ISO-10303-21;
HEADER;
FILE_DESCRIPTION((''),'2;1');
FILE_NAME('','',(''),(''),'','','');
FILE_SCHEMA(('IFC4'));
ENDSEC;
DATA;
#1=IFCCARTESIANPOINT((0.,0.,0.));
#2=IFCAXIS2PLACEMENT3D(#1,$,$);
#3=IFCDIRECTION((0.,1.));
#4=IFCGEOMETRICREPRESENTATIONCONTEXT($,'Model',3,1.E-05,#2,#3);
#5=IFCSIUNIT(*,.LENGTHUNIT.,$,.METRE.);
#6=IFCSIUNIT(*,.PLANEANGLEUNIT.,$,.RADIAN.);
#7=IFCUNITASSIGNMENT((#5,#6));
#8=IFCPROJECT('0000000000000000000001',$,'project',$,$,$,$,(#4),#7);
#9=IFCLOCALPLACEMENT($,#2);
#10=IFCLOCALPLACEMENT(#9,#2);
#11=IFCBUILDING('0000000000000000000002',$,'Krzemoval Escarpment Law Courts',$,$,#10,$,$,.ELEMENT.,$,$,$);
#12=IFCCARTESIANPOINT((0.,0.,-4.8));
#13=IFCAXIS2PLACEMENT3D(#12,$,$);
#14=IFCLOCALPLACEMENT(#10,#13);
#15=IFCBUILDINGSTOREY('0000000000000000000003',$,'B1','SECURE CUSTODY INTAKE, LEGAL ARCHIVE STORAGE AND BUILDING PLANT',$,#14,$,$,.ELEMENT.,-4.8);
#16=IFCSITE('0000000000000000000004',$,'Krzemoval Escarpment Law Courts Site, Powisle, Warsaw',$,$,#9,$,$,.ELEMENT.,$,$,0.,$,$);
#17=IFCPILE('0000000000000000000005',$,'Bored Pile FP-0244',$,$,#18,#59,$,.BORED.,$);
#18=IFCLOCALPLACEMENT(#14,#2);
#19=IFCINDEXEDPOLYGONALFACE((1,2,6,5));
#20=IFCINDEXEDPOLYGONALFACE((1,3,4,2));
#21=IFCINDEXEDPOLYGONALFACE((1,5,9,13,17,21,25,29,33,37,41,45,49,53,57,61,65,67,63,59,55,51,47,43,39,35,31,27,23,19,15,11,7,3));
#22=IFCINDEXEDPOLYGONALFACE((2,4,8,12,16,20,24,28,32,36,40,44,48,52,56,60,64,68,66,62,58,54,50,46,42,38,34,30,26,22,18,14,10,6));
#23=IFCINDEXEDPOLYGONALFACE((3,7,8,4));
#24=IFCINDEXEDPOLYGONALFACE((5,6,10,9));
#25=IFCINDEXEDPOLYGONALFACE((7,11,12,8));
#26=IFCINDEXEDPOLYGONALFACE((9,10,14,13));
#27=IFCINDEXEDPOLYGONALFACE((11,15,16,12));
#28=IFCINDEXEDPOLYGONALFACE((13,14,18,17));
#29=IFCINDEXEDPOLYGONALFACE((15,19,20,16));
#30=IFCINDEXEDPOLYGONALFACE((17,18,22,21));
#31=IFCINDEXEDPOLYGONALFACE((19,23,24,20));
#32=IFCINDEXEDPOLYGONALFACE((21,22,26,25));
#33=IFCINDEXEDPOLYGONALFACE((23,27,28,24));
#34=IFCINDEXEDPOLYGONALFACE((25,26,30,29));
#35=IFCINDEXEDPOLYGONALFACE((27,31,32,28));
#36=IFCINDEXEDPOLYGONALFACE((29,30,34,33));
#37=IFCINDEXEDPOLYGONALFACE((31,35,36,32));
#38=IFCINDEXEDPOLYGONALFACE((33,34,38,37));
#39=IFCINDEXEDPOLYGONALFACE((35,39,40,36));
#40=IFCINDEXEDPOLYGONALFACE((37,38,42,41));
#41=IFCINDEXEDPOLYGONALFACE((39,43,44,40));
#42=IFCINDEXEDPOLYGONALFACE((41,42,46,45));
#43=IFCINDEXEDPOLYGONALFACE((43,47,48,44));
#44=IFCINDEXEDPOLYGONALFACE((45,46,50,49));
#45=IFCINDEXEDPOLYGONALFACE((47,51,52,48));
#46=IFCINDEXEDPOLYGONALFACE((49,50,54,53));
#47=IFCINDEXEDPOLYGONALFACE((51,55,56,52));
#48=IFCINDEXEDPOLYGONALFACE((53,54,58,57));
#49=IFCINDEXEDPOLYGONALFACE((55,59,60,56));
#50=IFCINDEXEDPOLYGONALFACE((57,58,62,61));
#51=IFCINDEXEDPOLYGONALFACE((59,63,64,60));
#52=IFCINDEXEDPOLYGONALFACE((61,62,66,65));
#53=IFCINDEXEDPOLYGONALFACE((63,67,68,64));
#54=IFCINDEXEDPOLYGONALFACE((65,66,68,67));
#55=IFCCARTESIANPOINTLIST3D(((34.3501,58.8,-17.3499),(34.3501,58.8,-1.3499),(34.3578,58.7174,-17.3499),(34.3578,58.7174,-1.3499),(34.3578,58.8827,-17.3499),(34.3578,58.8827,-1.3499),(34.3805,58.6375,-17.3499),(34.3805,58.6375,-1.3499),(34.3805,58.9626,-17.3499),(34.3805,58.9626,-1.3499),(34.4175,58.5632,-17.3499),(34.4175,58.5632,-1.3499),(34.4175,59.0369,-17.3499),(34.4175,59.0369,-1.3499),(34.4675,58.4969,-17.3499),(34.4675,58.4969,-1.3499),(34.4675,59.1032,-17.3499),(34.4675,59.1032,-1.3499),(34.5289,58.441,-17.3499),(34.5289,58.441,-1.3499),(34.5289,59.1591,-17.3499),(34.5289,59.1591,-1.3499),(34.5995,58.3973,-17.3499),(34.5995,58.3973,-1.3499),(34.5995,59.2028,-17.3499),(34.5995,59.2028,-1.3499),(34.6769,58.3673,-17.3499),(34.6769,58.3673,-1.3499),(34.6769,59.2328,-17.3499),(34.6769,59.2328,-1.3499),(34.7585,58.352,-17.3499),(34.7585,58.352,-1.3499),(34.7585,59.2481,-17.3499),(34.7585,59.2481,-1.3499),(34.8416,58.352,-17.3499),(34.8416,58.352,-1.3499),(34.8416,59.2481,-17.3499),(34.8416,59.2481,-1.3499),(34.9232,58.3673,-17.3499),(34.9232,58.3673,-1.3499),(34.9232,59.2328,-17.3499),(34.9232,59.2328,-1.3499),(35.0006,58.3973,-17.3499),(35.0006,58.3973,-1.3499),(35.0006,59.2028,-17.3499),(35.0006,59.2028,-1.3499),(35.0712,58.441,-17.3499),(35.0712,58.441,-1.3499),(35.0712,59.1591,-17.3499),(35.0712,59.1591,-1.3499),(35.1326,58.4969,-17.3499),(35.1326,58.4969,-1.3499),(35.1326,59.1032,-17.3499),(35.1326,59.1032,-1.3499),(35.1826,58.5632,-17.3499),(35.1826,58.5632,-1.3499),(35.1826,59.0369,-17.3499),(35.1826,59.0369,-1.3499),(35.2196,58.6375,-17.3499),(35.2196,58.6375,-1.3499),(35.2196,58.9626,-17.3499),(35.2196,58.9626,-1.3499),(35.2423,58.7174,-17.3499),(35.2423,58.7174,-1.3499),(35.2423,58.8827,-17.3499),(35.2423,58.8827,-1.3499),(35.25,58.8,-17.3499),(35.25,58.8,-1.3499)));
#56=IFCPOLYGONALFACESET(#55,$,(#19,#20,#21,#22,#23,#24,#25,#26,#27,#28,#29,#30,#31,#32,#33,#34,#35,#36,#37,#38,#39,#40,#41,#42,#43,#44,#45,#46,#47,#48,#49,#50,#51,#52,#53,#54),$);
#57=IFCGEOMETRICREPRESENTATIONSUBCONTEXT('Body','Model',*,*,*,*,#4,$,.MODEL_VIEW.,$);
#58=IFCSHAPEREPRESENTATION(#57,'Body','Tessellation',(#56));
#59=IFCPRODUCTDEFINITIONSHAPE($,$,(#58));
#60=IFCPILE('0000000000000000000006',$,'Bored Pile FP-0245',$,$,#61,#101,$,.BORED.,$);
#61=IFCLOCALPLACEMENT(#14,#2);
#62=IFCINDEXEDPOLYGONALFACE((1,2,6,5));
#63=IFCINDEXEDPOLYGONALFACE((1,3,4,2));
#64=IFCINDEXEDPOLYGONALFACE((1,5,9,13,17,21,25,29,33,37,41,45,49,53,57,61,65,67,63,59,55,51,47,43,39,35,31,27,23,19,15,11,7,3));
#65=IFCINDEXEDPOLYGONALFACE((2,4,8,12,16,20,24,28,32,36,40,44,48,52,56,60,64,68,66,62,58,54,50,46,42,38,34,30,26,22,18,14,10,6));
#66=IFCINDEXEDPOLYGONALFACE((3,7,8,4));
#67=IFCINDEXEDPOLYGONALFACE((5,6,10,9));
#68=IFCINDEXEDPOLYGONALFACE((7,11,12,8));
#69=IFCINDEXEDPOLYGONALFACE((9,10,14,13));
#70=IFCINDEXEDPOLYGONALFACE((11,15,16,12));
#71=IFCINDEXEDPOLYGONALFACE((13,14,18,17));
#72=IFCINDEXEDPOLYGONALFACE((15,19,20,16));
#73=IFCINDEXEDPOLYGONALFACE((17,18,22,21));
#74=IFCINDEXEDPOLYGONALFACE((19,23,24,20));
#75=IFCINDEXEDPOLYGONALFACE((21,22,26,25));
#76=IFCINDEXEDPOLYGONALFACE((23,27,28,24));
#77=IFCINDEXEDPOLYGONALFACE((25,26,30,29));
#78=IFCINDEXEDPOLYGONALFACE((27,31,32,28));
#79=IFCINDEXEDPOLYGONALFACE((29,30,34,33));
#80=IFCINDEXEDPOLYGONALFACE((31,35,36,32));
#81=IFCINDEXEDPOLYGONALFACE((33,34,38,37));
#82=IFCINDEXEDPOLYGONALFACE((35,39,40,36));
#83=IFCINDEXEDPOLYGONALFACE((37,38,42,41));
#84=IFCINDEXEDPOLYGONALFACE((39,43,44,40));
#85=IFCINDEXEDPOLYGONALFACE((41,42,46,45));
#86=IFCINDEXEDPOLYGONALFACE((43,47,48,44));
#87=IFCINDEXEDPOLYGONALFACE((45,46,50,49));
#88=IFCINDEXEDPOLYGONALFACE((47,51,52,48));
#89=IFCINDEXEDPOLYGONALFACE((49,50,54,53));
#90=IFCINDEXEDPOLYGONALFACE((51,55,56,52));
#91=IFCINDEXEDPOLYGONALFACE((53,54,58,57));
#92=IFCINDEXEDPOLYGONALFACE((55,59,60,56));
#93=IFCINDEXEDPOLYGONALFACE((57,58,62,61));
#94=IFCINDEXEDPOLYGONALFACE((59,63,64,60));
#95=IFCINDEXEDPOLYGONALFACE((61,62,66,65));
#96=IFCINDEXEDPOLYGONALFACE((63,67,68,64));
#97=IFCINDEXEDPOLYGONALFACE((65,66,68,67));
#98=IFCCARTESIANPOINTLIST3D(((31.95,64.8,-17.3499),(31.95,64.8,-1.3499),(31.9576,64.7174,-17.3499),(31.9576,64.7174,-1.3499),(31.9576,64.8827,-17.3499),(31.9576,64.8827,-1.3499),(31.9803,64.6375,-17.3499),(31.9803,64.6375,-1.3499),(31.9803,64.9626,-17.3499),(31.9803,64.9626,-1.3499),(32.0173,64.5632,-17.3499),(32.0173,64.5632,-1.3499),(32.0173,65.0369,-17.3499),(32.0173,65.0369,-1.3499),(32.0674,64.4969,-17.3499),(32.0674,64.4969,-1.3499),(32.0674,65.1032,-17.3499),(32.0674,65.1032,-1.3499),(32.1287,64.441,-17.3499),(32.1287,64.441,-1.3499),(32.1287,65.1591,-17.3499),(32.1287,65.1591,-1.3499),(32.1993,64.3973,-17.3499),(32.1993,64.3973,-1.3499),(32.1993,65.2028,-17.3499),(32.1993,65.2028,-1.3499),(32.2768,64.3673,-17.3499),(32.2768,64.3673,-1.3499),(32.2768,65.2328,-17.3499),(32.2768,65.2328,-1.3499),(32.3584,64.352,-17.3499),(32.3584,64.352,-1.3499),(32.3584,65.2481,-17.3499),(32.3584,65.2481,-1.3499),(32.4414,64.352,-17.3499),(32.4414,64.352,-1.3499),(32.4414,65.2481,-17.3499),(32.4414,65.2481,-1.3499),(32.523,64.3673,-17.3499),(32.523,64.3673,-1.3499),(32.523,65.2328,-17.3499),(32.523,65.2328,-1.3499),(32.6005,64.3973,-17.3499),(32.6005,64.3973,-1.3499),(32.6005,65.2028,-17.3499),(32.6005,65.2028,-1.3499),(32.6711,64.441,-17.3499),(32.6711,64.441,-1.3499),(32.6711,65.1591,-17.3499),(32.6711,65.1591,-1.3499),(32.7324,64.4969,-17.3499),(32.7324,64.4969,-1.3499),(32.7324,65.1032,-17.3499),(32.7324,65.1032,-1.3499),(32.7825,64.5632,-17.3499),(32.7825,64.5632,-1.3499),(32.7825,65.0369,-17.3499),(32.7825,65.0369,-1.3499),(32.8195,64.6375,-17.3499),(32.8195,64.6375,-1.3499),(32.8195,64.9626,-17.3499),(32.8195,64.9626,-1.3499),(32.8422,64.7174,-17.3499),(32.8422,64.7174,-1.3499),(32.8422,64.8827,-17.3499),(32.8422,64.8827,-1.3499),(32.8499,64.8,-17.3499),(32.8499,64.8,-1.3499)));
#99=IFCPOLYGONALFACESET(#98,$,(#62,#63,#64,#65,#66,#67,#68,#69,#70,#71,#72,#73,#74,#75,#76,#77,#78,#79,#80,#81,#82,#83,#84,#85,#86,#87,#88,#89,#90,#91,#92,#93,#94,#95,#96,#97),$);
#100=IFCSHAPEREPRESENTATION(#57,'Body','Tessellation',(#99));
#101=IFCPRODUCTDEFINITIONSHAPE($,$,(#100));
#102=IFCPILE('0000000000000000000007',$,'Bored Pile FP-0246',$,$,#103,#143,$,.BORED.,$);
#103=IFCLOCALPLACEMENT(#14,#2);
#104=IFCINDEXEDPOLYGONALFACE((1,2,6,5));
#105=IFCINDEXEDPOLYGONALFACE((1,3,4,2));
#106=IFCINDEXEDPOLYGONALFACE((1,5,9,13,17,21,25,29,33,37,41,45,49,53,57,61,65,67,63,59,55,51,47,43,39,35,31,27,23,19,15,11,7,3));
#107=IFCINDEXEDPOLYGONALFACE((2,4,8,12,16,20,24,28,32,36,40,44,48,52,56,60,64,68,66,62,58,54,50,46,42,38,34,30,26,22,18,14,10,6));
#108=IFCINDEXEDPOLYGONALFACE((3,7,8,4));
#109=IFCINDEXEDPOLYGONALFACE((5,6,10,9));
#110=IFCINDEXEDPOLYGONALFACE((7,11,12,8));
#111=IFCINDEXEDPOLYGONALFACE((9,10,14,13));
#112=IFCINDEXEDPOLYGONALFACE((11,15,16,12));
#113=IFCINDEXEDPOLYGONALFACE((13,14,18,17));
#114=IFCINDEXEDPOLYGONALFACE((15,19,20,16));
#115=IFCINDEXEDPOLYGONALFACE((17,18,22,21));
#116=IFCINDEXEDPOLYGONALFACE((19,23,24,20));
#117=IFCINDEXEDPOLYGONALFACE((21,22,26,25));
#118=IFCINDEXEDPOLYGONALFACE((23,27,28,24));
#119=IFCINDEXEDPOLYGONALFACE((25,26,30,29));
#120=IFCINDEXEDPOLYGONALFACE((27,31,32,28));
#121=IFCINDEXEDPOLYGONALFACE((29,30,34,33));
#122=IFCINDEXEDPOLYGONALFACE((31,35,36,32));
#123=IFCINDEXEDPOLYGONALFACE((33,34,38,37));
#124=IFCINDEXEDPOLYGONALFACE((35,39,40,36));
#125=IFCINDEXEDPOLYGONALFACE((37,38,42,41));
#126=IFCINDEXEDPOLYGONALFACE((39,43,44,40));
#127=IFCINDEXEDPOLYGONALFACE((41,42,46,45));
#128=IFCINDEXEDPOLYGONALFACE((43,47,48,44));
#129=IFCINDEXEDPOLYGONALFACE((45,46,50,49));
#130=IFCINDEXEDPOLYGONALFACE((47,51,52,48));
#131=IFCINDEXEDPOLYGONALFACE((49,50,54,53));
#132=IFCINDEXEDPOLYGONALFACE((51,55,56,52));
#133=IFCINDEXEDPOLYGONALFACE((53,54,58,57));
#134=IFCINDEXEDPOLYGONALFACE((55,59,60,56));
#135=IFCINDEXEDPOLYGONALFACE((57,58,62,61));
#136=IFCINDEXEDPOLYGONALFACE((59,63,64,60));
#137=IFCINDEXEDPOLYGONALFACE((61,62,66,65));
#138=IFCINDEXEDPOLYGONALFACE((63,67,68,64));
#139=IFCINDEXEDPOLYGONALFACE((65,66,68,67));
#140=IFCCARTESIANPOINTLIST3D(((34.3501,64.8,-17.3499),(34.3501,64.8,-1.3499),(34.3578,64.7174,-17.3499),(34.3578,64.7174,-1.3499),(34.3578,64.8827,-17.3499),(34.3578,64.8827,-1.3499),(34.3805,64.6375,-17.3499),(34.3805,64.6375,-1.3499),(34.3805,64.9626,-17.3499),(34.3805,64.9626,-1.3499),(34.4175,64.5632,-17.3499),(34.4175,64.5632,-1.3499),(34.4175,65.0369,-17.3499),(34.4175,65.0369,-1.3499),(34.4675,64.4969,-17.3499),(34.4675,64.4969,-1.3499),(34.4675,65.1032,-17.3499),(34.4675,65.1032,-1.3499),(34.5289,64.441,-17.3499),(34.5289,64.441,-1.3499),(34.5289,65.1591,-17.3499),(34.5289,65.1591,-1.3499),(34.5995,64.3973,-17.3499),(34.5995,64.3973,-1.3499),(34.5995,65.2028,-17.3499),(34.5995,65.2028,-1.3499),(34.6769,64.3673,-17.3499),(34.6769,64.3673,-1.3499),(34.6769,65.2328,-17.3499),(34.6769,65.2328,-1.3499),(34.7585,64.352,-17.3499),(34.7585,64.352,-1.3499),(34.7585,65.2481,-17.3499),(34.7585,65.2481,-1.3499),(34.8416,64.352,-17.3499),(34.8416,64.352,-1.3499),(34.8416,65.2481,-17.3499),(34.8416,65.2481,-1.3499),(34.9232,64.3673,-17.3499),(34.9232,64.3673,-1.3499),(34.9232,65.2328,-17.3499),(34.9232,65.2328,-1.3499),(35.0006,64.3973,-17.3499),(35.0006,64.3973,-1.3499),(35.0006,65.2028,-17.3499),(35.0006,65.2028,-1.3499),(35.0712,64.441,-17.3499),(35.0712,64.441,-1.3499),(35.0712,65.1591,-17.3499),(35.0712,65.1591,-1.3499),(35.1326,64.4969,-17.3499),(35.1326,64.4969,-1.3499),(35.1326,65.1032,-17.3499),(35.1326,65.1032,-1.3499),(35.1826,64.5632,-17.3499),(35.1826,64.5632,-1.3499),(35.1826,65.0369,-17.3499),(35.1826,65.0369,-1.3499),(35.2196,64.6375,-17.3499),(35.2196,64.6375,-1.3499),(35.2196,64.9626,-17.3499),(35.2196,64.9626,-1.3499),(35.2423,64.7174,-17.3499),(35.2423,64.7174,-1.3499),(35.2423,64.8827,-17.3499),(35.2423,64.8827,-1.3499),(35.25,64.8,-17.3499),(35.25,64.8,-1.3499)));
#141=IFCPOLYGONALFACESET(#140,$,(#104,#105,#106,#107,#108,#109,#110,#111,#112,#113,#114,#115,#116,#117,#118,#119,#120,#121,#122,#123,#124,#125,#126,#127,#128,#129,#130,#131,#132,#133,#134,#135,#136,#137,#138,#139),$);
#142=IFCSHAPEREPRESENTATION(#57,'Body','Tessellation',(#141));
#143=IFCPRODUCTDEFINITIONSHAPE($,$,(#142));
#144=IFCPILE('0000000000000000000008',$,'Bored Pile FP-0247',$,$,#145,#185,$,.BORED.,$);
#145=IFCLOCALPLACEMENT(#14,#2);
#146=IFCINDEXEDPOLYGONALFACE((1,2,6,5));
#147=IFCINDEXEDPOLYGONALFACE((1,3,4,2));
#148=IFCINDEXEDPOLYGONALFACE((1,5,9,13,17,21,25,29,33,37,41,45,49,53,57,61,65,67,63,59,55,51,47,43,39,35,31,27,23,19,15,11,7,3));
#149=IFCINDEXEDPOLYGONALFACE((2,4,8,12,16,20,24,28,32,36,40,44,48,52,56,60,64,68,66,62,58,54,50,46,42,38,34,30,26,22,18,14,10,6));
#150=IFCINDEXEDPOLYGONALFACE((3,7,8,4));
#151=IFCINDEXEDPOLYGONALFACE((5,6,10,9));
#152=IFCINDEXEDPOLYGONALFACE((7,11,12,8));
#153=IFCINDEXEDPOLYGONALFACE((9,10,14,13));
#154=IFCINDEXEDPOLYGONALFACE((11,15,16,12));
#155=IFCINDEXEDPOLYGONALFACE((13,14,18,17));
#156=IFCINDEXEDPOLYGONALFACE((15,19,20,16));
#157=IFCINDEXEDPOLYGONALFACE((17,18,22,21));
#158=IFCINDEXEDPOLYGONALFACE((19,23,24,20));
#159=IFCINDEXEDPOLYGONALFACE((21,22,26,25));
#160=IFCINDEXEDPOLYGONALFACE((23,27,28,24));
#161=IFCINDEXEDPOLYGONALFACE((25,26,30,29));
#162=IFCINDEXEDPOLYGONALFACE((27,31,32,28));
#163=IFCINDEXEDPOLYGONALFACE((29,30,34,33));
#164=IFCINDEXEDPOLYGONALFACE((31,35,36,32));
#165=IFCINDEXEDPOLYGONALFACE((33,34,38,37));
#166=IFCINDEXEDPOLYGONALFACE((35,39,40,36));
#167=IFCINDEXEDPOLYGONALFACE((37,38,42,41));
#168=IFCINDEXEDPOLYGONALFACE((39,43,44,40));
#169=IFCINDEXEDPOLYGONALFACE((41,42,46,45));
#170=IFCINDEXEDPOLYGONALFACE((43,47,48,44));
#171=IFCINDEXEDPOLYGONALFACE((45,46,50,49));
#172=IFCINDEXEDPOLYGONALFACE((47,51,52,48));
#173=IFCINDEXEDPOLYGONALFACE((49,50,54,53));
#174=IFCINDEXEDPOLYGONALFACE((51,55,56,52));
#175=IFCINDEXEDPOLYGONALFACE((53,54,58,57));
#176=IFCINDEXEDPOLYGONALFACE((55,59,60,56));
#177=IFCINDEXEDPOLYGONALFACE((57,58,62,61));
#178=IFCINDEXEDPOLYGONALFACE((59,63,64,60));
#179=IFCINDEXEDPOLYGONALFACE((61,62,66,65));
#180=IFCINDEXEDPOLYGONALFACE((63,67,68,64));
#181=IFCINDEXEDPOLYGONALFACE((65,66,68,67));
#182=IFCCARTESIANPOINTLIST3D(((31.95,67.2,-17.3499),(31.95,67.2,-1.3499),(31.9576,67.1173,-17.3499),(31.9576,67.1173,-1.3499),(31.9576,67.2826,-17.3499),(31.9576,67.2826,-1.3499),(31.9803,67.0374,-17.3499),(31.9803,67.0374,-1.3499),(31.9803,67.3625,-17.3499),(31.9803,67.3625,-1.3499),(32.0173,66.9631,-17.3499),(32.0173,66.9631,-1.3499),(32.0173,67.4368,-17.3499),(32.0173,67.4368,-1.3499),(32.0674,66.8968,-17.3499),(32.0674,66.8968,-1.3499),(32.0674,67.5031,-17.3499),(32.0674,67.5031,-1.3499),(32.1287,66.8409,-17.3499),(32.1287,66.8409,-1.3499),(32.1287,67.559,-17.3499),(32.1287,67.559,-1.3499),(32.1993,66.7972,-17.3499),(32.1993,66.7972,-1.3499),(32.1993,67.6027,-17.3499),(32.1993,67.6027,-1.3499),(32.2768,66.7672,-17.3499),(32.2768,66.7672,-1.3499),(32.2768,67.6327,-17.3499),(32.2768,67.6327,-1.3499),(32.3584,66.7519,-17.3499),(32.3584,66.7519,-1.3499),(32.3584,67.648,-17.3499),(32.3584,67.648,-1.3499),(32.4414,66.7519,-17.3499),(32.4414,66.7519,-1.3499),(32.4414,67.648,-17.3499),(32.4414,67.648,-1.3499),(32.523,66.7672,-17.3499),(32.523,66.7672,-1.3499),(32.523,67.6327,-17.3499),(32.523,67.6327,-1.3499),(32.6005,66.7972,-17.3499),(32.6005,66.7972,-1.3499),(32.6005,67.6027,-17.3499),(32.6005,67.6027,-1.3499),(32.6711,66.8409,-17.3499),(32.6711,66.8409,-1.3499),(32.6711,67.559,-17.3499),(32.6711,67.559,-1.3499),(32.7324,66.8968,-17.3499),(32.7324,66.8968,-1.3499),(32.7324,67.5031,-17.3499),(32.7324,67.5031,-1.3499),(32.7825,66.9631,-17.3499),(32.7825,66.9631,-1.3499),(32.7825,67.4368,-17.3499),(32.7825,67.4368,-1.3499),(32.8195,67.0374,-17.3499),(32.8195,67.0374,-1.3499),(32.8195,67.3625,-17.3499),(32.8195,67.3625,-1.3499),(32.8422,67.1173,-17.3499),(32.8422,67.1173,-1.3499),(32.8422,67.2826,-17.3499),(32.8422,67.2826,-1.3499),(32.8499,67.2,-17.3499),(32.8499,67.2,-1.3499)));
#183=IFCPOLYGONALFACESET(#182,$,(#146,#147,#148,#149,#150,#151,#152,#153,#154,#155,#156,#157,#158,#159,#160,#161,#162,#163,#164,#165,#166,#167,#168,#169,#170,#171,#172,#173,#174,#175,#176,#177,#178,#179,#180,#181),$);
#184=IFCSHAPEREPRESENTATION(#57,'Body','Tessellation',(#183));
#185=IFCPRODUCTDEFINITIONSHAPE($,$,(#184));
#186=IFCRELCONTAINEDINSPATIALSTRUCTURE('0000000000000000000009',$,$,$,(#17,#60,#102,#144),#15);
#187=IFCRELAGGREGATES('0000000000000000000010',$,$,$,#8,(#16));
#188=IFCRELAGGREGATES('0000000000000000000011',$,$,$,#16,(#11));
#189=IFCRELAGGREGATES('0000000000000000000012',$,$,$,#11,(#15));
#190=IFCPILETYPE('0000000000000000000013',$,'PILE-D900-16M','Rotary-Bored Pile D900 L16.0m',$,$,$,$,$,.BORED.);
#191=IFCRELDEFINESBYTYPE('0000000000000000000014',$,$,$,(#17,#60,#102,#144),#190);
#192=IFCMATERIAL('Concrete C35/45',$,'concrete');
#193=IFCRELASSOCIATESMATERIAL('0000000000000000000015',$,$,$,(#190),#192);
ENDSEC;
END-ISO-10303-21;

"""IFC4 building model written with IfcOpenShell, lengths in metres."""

from ifc_helpers import new_model, si_unit, direction, frame, origin, origin_2d, place, context, subcontext, project, spatial, circle, extrude, material, material_profile, profile_set, type_object, element, save


model = new_model("IFC4")

# Units and contexts
model_context = context("Model", 3, precision=1e-05, world=origin(), true_north=direction((0.0, 1.0)))
body_context = subcontext(model_context, "Body", "Model", "MODEL_VIEW")
ifc_project = project(units=[si_unit("LENGTHUNIT", "METRE"), si_unit("PLANEANGLEUNIT", "RADIAN")], contexts=[model_context])

# Site, building, storey
site_placement = place(None, origin())
site = spatial("IfcSite", under=ifc_project, at=site_placement, Name="Krzemoval Escarpment Law Courts Site, Powisle, Warsaw", CompositionType="ELEMENT", RefElevation=0.0)
building_placement = place(site_placement, origin())
building = spatial("IfcBuilding", under=site, at=building_placement, Name="Krzemoval Escarpment Law Courts", CompositionType="ELEMENT")
storey_placement = place(building_placement, frame((0.0, 0.0, -4.8)))
storey = spatial("IfcBuildingStorey", under=building, at=storey_placement, Name="B1", Description="SECURE CUSTODY INTAKE, LEGAL ARCHIVE STORAGE AND BUILDING PLANT", CompositionType="ELEMENT", Elevation=-4.8)

# Piles
ifc_material_1 = material(Name="Concrete C35/45", Category="concrete")
ifc_material_profile_1 = material_profile(ifc_material_1, circle(Radius=0.45, at=origin_2d()), Name="PILE D900")
ifc_profile_set_1 = profile_set([ifc_material_profile_1], Name="Concrete C35/45")
pile_type = type_object("IfcPileType", Name="PILE-D900-16M", Description="Rotary-Bored Pile D900 L16.0m", PredefinedType="BORED", material=ifc_profile_set_1)
for number, where, z_axis, x_axis, name in (
    (1, (34.8, 58.8, -1.3499), (0.0, 0.0, -1.0), (1.0, 0.0, 0.0), "Bored Pile FP-0244"),
    (2, (32.3999, 64.8, -1.3499), (0.0, 0.0, -1.0), (1.0, 0.0, 0.0), "Bored Pile FP-0245"),
    (3, (34.8, 64.8, -1.3499), (0.0, 0.0, -1.0), (1.0, 0.0, 0.0), "Bored Pile FP-0246"),
    (4, (32.3999, 67.2, -1.3499), (0.0, 0.0, -1.0), (1.0, 0.0, 0.0), "Bored Pile FP-0247"),
):
    element("IfcPile", number, at=place(storey_placement, frame(where, z_axis=z_axis, x_axis=x_axis)), inside=storey, type_object=pile_type, Name=name, PredefinedType="BORED", context=body_context, shape_type="SweptSolid", body=[
        extrude(circle(Radius=0.45, at=origin_2d()), origin(), (0.0, 0.0, 1.0), 16.0),
    ])

save(model, "model.ifc")
